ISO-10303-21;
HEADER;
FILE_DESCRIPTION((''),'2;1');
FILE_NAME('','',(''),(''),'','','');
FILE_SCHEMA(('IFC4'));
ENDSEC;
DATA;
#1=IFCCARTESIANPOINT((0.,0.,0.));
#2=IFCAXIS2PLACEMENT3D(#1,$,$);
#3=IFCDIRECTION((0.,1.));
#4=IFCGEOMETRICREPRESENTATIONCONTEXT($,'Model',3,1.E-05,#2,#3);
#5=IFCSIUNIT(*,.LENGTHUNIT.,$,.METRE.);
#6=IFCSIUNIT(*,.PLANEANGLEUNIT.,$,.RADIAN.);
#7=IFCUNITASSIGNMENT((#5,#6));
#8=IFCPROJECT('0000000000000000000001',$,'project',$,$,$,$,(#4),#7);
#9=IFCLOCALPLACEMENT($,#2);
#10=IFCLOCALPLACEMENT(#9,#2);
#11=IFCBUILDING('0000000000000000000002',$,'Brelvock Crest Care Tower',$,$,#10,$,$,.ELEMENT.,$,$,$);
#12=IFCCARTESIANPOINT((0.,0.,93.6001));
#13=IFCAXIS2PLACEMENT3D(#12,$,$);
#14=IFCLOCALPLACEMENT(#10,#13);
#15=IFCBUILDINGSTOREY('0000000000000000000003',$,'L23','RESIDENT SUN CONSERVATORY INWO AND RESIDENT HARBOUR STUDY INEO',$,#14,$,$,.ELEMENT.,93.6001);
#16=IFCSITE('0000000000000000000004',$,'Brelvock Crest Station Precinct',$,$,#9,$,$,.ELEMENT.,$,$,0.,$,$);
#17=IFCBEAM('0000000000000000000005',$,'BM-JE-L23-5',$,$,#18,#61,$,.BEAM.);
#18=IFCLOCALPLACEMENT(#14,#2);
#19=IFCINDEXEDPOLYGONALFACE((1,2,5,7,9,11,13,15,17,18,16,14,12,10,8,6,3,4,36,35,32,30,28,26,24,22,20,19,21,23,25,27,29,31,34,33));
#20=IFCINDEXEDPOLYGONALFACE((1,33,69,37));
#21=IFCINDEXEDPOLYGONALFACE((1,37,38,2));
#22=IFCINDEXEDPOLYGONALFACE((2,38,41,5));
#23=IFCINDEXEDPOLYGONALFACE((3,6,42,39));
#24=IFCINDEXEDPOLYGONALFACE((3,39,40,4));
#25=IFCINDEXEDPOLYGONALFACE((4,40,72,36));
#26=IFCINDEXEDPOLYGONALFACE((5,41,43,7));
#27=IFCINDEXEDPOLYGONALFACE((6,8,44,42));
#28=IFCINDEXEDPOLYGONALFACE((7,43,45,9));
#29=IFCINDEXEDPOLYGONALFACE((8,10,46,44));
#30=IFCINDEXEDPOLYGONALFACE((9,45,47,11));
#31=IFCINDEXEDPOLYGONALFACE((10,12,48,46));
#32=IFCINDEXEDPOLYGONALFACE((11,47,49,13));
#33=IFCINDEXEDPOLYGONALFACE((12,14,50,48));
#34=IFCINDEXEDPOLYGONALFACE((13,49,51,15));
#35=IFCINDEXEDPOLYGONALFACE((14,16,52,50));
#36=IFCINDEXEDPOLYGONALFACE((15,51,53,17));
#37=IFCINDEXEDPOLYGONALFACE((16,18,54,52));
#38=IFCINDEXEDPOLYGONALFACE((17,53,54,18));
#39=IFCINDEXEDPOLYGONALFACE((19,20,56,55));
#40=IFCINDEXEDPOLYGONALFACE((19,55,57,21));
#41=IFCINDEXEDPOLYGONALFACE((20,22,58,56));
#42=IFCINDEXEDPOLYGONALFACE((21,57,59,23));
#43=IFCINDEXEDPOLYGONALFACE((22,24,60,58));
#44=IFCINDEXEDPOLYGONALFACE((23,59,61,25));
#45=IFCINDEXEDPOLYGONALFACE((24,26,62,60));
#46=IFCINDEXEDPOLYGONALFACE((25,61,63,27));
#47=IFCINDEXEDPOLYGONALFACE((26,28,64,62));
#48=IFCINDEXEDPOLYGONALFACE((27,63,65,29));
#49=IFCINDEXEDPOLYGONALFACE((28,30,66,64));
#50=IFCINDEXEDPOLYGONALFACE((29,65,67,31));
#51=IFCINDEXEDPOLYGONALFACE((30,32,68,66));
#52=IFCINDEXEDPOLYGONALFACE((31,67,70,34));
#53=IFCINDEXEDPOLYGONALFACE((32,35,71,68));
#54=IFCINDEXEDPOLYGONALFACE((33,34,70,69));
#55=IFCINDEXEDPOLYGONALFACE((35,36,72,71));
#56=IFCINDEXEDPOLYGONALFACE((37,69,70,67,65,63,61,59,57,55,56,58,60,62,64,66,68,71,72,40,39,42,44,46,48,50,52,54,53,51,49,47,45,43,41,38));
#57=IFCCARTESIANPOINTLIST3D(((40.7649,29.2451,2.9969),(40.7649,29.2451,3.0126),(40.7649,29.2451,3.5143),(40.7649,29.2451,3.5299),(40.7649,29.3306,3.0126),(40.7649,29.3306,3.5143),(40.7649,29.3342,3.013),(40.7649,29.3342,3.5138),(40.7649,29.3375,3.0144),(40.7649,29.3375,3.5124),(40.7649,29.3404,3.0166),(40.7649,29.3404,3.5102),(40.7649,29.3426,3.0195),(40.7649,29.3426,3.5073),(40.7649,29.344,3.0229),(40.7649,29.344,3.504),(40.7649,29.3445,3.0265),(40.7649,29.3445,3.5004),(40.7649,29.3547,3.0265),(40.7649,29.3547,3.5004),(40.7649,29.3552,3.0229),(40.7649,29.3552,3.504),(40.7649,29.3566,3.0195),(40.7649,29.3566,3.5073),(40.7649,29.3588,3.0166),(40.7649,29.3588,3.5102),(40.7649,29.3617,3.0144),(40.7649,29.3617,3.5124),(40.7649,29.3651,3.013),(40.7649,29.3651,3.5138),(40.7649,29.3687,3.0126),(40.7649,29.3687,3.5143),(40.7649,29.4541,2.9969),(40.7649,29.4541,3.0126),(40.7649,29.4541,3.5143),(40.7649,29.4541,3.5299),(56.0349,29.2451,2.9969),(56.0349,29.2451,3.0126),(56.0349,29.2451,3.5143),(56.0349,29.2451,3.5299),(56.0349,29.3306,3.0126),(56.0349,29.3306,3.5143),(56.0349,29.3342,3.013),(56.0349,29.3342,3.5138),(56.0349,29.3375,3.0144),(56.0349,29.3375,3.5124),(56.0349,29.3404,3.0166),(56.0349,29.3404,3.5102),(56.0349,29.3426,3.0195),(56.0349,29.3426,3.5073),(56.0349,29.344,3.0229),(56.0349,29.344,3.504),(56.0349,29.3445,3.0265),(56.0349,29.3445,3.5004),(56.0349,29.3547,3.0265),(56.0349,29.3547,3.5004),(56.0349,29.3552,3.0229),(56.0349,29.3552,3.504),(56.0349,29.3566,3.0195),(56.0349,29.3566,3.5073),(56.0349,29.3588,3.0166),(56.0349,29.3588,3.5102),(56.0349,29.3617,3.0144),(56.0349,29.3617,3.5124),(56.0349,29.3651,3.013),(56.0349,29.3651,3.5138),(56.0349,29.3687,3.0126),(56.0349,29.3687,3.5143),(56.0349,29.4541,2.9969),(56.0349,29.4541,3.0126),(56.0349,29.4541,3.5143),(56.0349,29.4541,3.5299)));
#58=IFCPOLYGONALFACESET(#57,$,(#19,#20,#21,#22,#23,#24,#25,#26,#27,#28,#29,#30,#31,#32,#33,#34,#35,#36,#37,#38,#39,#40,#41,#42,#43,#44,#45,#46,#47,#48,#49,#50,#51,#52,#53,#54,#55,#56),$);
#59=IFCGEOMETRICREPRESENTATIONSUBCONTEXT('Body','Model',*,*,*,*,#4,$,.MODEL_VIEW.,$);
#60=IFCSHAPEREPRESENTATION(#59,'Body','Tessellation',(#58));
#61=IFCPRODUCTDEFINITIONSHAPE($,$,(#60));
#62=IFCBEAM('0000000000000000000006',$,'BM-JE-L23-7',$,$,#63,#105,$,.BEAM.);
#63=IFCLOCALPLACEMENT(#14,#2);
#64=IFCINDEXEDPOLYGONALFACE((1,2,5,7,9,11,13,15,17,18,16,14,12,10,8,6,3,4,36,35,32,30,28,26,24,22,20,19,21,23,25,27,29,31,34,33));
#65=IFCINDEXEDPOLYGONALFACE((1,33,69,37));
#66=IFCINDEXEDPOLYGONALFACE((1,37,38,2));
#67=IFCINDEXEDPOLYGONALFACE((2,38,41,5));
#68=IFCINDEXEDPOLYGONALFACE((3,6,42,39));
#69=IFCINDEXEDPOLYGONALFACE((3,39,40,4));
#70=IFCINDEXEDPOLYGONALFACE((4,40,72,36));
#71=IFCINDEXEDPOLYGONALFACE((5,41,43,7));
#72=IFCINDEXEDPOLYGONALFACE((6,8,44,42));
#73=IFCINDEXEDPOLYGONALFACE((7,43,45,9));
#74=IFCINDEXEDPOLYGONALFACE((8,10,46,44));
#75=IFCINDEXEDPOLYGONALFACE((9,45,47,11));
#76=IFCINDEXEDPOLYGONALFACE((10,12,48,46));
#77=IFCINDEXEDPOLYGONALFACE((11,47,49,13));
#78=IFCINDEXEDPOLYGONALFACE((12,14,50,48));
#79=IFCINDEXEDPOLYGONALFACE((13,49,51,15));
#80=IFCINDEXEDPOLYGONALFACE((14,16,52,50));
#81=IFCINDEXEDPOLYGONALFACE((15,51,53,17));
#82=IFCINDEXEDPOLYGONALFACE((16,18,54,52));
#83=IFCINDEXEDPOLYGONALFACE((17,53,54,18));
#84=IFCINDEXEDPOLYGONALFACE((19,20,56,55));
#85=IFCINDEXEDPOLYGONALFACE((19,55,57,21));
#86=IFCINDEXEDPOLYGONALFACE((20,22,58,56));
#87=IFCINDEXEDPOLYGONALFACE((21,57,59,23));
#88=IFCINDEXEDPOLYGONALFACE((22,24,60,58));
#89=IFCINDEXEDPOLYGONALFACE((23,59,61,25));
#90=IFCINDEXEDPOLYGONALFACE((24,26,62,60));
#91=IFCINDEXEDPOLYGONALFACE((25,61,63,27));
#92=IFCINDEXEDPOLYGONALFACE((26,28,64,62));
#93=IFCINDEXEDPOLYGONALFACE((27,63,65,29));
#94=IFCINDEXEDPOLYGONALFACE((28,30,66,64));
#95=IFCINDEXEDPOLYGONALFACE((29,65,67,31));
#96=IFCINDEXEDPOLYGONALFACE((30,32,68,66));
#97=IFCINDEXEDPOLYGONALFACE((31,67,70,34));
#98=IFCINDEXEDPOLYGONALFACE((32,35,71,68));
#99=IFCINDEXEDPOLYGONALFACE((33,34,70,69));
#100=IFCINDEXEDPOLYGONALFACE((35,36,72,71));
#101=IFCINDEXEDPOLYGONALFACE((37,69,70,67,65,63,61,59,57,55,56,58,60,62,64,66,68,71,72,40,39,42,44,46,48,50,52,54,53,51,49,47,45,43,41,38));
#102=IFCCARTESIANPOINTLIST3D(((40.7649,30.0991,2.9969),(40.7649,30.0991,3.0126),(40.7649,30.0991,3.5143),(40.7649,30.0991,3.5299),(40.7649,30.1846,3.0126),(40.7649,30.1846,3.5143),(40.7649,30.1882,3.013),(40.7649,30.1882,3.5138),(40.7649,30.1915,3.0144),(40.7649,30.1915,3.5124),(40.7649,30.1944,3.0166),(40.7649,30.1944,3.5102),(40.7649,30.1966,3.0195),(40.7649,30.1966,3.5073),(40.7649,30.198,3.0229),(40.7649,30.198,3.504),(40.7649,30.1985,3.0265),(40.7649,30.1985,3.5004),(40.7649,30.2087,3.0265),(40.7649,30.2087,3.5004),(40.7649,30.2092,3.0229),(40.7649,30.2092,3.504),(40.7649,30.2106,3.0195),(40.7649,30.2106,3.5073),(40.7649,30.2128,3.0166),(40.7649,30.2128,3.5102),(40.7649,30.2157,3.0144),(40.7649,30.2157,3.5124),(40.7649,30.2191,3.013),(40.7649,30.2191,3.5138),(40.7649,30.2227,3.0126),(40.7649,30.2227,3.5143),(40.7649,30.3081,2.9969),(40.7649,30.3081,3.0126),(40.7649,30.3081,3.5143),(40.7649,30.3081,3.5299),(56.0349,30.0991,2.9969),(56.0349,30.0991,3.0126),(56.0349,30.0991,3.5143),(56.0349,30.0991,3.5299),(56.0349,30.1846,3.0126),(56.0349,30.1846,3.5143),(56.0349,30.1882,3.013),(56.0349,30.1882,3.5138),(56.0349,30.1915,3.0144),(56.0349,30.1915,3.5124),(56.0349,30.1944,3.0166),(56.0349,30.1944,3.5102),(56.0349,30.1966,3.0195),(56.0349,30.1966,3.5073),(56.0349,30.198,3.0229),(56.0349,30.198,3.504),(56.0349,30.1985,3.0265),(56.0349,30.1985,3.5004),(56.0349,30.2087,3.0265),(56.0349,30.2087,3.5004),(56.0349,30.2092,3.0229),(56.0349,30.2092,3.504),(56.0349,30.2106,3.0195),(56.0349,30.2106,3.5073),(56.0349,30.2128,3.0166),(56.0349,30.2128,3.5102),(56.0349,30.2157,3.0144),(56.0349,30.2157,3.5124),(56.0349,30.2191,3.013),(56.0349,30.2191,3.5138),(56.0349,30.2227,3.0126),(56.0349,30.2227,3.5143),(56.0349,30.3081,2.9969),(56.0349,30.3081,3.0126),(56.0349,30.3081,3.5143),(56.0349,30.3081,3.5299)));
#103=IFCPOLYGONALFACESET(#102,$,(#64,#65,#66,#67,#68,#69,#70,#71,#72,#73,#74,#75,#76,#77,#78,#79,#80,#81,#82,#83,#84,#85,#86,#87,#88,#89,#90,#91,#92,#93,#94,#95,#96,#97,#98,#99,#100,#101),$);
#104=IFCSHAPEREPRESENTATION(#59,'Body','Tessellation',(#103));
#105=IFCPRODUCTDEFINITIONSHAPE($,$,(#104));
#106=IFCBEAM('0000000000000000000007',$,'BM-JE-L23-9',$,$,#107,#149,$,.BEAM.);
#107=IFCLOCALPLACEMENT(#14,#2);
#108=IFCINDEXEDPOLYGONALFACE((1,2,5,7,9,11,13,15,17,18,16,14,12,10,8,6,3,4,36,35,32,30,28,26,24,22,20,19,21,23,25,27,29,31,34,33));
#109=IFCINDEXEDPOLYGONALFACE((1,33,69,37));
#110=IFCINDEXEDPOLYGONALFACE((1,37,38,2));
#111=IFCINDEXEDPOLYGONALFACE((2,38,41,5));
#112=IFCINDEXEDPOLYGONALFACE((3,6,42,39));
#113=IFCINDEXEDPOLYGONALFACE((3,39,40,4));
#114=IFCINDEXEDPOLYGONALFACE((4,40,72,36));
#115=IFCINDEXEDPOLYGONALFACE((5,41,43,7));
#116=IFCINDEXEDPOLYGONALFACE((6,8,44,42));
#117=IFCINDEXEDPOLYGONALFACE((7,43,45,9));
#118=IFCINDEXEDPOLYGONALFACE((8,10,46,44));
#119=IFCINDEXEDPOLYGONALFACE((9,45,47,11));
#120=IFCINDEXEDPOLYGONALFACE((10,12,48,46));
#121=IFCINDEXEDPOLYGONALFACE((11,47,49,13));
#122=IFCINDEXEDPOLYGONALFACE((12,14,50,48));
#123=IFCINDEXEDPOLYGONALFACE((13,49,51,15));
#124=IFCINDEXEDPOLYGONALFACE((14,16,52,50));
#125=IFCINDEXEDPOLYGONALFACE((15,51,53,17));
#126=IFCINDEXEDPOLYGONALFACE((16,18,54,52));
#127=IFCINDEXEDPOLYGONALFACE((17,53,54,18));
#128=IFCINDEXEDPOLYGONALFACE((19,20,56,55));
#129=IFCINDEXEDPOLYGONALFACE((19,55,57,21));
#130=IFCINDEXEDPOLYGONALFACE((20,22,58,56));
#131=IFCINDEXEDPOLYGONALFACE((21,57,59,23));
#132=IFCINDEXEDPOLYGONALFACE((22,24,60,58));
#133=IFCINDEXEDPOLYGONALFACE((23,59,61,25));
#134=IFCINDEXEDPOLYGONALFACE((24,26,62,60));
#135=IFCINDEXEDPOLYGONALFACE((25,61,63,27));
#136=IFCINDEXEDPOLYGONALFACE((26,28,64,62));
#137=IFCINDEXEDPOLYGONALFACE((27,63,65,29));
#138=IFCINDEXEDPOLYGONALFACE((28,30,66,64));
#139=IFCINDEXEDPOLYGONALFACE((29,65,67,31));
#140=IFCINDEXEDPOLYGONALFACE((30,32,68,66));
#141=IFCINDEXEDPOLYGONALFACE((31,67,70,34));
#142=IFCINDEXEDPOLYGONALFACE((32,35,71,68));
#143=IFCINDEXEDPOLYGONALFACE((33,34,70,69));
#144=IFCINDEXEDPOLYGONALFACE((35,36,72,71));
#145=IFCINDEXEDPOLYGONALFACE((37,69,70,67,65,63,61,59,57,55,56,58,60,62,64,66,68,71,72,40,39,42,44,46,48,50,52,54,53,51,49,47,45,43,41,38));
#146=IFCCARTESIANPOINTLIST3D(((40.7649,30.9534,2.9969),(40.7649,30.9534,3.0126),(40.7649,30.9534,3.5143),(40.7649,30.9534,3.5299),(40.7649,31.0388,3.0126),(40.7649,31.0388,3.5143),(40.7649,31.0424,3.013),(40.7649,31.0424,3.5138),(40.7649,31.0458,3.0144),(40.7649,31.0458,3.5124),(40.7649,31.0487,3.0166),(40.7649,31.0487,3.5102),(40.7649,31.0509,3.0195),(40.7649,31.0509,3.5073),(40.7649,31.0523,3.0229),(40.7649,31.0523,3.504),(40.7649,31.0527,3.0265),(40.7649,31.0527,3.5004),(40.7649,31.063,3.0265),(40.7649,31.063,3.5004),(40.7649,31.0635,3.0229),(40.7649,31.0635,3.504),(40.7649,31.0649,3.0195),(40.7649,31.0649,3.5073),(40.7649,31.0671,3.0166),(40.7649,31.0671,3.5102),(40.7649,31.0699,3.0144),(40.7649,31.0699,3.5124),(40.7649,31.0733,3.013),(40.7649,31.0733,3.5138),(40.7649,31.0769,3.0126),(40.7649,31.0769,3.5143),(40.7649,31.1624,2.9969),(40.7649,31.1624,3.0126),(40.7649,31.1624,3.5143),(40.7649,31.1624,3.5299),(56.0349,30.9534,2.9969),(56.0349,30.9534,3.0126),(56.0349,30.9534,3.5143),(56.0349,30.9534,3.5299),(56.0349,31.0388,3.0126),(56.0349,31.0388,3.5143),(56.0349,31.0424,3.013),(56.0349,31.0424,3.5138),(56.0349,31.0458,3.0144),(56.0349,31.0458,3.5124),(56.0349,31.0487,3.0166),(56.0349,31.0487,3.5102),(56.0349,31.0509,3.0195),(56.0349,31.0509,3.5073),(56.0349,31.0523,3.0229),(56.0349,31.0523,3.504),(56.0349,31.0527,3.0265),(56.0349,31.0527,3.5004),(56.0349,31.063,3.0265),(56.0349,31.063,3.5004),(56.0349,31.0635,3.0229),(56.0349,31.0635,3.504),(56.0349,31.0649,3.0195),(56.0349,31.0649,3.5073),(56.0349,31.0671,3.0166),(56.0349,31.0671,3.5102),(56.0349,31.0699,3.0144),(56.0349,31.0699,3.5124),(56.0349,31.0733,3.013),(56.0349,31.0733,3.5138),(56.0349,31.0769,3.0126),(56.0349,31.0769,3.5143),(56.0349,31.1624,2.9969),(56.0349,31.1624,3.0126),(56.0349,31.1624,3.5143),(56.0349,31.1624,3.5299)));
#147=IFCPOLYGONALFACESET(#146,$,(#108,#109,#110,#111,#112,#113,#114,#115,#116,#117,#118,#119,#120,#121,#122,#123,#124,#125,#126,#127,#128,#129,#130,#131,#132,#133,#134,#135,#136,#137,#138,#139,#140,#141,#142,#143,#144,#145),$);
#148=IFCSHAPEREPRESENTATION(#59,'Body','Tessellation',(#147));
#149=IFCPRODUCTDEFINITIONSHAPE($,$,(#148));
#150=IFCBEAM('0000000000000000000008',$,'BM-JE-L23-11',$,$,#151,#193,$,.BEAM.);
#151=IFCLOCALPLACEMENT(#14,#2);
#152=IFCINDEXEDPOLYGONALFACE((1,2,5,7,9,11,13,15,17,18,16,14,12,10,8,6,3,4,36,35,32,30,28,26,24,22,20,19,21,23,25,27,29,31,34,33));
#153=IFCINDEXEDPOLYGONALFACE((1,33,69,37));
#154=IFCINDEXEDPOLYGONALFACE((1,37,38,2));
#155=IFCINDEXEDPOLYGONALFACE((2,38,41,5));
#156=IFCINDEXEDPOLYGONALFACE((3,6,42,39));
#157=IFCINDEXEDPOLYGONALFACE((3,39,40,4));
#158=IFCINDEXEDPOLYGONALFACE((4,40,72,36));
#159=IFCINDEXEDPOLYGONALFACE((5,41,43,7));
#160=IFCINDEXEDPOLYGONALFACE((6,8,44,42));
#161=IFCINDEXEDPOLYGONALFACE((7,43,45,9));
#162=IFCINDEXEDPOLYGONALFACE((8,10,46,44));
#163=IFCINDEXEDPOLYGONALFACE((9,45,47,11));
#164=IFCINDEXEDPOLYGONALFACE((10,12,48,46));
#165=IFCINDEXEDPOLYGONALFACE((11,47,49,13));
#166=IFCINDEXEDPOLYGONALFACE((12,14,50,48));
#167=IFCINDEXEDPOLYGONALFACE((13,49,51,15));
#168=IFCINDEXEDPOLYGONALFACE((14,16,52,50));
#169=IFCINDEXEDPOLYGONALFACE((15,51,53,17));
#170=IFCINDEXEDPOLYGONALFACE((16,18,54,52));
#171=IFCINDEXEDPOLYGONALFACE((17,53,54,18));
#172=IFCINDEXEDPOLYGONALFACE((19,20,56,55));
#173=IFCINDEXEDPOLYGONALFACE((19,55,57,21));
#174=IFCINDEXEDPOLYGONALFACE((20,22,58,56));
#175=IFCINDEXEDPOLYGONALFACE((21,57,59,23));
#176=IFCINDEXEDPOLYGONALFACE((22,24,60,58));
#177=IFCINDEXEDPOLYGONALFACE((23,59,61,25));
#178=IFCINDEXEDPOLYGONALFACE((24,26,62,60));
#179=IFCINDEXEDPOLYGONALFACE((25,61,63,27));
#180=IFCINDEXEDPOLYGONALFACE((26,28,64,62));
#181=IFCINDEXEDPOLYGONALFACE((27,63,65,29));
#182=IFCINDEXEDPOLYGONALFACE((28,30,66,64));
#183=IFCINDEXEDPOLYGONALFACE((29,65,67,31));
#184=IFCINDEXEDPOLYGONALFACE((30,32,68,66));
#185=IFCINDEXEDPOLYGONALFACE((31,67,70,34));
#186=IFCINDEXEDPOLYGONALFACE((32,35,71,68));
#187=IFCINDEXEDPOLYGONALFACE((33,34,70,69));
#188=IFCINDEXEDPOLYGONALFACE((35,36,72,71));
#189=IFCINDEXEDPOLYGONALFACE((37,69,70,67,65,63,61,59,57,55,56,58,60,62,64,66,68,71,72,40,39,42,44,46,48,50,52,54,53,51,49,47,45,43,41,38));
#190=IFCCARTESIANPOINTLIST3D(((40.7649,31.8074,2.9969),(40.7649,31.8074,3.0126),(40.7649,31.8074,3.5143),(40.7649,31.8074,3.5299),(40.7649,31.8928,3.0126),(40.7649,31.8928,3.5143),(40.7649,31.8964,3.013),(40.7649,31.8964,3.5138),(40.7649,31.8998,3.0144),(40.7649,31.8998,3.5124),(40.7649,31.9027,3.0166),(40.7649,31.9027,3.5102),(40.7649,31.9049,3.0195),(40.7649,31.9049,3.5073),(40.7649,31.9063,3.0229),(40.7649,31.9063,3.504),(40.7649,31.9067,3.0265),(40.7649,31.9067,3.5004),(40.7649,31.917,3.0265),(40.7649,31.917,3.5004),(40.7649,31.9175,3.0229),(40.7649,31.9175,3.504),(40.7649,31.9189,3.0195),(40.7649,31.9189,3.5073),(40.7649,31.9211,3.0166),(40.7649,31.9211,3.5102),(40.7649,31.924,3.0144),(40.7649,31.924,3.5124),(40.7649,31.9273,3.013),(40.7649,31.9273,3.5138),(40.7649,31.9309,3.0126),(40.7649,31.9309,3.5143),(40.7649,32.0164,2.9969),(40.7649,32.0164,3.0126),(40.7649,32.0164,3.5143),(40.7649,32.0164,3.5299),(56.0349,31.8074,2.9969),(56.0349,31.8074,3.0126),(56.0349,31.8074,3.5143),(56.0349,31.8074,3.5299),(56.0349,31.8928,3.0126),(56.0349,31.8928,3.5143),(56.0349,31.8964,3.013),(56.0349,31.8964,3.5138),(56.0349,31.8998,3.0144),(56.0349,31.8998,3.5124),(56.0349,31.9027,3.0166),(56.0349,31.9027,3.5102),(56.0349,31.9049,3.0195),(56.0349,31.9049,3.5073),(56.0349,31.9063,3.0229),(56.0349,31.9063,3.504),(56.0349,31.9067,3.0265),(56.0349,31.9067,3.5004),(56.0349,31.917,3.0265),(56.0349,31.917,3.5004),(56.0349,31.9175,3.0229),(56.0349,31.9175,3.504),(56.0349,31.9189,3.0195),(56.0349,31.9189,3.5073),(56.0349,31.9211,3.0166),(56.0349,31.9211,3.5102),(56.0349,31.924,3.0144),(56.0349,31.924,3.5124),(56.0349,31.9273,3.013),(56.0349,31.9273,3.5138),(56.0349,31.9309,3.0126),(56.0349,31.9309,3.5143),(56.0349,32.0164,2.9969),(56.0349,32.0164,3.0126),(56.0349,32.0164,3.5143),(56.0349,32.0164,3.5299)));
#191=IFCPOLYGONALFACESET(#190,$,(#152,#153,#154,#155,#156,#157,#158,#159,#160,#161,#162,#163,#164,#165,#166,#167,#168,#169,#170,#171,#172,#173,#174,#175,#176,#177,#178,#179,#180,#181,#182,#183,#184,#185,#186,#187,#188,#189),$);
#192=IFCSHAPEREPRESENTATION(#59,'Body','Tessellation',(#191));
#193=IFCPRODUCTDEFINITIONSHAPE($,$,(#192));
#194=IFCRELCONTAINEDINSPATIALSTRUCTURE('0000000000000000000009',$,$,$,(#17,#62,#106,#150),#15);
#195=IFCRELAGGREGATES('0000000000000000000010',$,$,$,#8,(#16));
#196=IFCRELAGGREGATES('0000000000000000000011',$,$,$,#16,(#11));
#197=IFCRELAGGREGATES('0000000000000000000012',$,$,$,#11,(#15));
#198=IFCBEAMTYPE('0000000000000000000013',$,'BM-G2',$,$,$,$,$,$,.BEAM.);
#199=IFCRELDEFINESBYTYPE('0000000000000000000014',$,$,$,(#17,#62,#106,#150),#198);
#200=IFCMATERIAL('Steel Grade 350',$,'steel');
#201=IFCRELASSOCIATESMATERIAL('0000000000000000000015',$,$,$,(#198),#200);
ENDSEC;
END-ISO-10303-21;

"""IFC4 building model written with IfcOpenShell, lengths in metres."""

from ifc_helpers import new_model, si_unit, direction, frame, origin, origin_2d, place, context, subcontext, project, spatial, i_section, extrude, source, transform, mapped, material, material_profile, profile_set, type_object, element, save


model = new_model("IFC4")

# Units and contexts
model_context = context("Model", 3, precision=1e-05, world=origin(), true_north=direction((0.0, 1.0)))
body_context = subcontext(model_context, "Body", "Model", "MODEL_VIEW")
ifc_project = project(units=[si_unit("LENGTHUNIT", "METRE"), si_unit("PLANEANGLEUNIT", "RADIAN")], contexts=[model_context])

# Site, building, storey
site_placement = place(None, origin())
site = spatial("IfcSite", under=ifc_project, at=site_placement, Name="Brelvock Crest Station Precinct", CompositionType="ELEMENT", RefElevation=0.0)
building_placement = place(site_placement, origin())
building = spatial("IfcBuilding", under=site, at=building_placement, Name="Brelvock Crest Care Tower", CompositionType="ELEMENT")
storey_placement = place(building_placement, frame((0.0, 0.0, 93.6001)))
storey = spatial("IfcBuildingStorey", under=building, at=storey_placement, Name="L23", Description="RESIDENT SUN CONSERVATORY INWO AND RESIDENT HARBOUR STUDY INEO", CompositionType="ELEMENT", Elevation=93.6001)

# Shared definitions
ifc_material_1 = material(Name="Steel Grade 350", Category="steel")

# Beams
ifc_material_profile_1 = material_profile(ifc_material_1, i_section(OverallWidth=0.209, OverallDepth=0.533, WebThickness=0.0103, FlangeThickness=0.0156, FilletRadius=0.0139, at=origin_2d()), Name="530UB92.4")
ifc_profile_set_1 = profile_set([ifc_material_profile_1], Name="Steel Grade 350")
beam_type_1 = type_object("IfcBeamType", Name="BM-G2", PredefinedType="BEAM", material=ifc_profile_set_1)
shared_shape_1 = source(origin(), body_context, "Body", "SweptSolid", [
    extrude(i_section(OverallWidth=0.209, OverallDepth=0.533, WebThickness=0.0103, FlangeThickness=0.0156, FilletRadius=0.0139, at=origin_2d()), origin(), (0.0, 0.0, 1.0), 15.27),
])
for number, where, z_axis, x_axis, name in (
    (1, (40.7649, 29.3496, 3.2634), (1.0, 0.0, 0.0), (0.0, 1.0, 0.0), "BM-JE-L23-5"),
    (2, (40.7649, 30.2036, 3.2634), (1.0, 0.0, 0.0), (0.0, 1.0, 0.0), "BM-JE-L23-7"),
    (3, (40.7649, 31.0579, 3.2634), (1.0, 0.0, 0.0), (0.0, 1.0, 0.0), "BM-JE-L23-9"),
    (4, (40.7649, 31.9119, 3.2634), (1.0, 0.0, 0.0), (0.0, 1.0, 0.0), "BM-JE-L23-11"),
):
    element("IfcBeam", number, at=place(storey_placement, frame(where, z_axis=z_axis, x_axis=x_axis)), inside=storey, type_object=beam_type_1, Name=name, PredefinedType="BEAM", context=body_context, shape_type="MappedRepresentation", body=[
        mapped(shared_shape_1, transform((0.0, 0.0, 0.0), x_axis=(1.0, 0.0, 0.0), y_axis=(0.0, 1.0, 0.0), z_axis=(0.0, 0.0, 1.0), scale=1.0)),
    ])

save(model, "model.ifc")
